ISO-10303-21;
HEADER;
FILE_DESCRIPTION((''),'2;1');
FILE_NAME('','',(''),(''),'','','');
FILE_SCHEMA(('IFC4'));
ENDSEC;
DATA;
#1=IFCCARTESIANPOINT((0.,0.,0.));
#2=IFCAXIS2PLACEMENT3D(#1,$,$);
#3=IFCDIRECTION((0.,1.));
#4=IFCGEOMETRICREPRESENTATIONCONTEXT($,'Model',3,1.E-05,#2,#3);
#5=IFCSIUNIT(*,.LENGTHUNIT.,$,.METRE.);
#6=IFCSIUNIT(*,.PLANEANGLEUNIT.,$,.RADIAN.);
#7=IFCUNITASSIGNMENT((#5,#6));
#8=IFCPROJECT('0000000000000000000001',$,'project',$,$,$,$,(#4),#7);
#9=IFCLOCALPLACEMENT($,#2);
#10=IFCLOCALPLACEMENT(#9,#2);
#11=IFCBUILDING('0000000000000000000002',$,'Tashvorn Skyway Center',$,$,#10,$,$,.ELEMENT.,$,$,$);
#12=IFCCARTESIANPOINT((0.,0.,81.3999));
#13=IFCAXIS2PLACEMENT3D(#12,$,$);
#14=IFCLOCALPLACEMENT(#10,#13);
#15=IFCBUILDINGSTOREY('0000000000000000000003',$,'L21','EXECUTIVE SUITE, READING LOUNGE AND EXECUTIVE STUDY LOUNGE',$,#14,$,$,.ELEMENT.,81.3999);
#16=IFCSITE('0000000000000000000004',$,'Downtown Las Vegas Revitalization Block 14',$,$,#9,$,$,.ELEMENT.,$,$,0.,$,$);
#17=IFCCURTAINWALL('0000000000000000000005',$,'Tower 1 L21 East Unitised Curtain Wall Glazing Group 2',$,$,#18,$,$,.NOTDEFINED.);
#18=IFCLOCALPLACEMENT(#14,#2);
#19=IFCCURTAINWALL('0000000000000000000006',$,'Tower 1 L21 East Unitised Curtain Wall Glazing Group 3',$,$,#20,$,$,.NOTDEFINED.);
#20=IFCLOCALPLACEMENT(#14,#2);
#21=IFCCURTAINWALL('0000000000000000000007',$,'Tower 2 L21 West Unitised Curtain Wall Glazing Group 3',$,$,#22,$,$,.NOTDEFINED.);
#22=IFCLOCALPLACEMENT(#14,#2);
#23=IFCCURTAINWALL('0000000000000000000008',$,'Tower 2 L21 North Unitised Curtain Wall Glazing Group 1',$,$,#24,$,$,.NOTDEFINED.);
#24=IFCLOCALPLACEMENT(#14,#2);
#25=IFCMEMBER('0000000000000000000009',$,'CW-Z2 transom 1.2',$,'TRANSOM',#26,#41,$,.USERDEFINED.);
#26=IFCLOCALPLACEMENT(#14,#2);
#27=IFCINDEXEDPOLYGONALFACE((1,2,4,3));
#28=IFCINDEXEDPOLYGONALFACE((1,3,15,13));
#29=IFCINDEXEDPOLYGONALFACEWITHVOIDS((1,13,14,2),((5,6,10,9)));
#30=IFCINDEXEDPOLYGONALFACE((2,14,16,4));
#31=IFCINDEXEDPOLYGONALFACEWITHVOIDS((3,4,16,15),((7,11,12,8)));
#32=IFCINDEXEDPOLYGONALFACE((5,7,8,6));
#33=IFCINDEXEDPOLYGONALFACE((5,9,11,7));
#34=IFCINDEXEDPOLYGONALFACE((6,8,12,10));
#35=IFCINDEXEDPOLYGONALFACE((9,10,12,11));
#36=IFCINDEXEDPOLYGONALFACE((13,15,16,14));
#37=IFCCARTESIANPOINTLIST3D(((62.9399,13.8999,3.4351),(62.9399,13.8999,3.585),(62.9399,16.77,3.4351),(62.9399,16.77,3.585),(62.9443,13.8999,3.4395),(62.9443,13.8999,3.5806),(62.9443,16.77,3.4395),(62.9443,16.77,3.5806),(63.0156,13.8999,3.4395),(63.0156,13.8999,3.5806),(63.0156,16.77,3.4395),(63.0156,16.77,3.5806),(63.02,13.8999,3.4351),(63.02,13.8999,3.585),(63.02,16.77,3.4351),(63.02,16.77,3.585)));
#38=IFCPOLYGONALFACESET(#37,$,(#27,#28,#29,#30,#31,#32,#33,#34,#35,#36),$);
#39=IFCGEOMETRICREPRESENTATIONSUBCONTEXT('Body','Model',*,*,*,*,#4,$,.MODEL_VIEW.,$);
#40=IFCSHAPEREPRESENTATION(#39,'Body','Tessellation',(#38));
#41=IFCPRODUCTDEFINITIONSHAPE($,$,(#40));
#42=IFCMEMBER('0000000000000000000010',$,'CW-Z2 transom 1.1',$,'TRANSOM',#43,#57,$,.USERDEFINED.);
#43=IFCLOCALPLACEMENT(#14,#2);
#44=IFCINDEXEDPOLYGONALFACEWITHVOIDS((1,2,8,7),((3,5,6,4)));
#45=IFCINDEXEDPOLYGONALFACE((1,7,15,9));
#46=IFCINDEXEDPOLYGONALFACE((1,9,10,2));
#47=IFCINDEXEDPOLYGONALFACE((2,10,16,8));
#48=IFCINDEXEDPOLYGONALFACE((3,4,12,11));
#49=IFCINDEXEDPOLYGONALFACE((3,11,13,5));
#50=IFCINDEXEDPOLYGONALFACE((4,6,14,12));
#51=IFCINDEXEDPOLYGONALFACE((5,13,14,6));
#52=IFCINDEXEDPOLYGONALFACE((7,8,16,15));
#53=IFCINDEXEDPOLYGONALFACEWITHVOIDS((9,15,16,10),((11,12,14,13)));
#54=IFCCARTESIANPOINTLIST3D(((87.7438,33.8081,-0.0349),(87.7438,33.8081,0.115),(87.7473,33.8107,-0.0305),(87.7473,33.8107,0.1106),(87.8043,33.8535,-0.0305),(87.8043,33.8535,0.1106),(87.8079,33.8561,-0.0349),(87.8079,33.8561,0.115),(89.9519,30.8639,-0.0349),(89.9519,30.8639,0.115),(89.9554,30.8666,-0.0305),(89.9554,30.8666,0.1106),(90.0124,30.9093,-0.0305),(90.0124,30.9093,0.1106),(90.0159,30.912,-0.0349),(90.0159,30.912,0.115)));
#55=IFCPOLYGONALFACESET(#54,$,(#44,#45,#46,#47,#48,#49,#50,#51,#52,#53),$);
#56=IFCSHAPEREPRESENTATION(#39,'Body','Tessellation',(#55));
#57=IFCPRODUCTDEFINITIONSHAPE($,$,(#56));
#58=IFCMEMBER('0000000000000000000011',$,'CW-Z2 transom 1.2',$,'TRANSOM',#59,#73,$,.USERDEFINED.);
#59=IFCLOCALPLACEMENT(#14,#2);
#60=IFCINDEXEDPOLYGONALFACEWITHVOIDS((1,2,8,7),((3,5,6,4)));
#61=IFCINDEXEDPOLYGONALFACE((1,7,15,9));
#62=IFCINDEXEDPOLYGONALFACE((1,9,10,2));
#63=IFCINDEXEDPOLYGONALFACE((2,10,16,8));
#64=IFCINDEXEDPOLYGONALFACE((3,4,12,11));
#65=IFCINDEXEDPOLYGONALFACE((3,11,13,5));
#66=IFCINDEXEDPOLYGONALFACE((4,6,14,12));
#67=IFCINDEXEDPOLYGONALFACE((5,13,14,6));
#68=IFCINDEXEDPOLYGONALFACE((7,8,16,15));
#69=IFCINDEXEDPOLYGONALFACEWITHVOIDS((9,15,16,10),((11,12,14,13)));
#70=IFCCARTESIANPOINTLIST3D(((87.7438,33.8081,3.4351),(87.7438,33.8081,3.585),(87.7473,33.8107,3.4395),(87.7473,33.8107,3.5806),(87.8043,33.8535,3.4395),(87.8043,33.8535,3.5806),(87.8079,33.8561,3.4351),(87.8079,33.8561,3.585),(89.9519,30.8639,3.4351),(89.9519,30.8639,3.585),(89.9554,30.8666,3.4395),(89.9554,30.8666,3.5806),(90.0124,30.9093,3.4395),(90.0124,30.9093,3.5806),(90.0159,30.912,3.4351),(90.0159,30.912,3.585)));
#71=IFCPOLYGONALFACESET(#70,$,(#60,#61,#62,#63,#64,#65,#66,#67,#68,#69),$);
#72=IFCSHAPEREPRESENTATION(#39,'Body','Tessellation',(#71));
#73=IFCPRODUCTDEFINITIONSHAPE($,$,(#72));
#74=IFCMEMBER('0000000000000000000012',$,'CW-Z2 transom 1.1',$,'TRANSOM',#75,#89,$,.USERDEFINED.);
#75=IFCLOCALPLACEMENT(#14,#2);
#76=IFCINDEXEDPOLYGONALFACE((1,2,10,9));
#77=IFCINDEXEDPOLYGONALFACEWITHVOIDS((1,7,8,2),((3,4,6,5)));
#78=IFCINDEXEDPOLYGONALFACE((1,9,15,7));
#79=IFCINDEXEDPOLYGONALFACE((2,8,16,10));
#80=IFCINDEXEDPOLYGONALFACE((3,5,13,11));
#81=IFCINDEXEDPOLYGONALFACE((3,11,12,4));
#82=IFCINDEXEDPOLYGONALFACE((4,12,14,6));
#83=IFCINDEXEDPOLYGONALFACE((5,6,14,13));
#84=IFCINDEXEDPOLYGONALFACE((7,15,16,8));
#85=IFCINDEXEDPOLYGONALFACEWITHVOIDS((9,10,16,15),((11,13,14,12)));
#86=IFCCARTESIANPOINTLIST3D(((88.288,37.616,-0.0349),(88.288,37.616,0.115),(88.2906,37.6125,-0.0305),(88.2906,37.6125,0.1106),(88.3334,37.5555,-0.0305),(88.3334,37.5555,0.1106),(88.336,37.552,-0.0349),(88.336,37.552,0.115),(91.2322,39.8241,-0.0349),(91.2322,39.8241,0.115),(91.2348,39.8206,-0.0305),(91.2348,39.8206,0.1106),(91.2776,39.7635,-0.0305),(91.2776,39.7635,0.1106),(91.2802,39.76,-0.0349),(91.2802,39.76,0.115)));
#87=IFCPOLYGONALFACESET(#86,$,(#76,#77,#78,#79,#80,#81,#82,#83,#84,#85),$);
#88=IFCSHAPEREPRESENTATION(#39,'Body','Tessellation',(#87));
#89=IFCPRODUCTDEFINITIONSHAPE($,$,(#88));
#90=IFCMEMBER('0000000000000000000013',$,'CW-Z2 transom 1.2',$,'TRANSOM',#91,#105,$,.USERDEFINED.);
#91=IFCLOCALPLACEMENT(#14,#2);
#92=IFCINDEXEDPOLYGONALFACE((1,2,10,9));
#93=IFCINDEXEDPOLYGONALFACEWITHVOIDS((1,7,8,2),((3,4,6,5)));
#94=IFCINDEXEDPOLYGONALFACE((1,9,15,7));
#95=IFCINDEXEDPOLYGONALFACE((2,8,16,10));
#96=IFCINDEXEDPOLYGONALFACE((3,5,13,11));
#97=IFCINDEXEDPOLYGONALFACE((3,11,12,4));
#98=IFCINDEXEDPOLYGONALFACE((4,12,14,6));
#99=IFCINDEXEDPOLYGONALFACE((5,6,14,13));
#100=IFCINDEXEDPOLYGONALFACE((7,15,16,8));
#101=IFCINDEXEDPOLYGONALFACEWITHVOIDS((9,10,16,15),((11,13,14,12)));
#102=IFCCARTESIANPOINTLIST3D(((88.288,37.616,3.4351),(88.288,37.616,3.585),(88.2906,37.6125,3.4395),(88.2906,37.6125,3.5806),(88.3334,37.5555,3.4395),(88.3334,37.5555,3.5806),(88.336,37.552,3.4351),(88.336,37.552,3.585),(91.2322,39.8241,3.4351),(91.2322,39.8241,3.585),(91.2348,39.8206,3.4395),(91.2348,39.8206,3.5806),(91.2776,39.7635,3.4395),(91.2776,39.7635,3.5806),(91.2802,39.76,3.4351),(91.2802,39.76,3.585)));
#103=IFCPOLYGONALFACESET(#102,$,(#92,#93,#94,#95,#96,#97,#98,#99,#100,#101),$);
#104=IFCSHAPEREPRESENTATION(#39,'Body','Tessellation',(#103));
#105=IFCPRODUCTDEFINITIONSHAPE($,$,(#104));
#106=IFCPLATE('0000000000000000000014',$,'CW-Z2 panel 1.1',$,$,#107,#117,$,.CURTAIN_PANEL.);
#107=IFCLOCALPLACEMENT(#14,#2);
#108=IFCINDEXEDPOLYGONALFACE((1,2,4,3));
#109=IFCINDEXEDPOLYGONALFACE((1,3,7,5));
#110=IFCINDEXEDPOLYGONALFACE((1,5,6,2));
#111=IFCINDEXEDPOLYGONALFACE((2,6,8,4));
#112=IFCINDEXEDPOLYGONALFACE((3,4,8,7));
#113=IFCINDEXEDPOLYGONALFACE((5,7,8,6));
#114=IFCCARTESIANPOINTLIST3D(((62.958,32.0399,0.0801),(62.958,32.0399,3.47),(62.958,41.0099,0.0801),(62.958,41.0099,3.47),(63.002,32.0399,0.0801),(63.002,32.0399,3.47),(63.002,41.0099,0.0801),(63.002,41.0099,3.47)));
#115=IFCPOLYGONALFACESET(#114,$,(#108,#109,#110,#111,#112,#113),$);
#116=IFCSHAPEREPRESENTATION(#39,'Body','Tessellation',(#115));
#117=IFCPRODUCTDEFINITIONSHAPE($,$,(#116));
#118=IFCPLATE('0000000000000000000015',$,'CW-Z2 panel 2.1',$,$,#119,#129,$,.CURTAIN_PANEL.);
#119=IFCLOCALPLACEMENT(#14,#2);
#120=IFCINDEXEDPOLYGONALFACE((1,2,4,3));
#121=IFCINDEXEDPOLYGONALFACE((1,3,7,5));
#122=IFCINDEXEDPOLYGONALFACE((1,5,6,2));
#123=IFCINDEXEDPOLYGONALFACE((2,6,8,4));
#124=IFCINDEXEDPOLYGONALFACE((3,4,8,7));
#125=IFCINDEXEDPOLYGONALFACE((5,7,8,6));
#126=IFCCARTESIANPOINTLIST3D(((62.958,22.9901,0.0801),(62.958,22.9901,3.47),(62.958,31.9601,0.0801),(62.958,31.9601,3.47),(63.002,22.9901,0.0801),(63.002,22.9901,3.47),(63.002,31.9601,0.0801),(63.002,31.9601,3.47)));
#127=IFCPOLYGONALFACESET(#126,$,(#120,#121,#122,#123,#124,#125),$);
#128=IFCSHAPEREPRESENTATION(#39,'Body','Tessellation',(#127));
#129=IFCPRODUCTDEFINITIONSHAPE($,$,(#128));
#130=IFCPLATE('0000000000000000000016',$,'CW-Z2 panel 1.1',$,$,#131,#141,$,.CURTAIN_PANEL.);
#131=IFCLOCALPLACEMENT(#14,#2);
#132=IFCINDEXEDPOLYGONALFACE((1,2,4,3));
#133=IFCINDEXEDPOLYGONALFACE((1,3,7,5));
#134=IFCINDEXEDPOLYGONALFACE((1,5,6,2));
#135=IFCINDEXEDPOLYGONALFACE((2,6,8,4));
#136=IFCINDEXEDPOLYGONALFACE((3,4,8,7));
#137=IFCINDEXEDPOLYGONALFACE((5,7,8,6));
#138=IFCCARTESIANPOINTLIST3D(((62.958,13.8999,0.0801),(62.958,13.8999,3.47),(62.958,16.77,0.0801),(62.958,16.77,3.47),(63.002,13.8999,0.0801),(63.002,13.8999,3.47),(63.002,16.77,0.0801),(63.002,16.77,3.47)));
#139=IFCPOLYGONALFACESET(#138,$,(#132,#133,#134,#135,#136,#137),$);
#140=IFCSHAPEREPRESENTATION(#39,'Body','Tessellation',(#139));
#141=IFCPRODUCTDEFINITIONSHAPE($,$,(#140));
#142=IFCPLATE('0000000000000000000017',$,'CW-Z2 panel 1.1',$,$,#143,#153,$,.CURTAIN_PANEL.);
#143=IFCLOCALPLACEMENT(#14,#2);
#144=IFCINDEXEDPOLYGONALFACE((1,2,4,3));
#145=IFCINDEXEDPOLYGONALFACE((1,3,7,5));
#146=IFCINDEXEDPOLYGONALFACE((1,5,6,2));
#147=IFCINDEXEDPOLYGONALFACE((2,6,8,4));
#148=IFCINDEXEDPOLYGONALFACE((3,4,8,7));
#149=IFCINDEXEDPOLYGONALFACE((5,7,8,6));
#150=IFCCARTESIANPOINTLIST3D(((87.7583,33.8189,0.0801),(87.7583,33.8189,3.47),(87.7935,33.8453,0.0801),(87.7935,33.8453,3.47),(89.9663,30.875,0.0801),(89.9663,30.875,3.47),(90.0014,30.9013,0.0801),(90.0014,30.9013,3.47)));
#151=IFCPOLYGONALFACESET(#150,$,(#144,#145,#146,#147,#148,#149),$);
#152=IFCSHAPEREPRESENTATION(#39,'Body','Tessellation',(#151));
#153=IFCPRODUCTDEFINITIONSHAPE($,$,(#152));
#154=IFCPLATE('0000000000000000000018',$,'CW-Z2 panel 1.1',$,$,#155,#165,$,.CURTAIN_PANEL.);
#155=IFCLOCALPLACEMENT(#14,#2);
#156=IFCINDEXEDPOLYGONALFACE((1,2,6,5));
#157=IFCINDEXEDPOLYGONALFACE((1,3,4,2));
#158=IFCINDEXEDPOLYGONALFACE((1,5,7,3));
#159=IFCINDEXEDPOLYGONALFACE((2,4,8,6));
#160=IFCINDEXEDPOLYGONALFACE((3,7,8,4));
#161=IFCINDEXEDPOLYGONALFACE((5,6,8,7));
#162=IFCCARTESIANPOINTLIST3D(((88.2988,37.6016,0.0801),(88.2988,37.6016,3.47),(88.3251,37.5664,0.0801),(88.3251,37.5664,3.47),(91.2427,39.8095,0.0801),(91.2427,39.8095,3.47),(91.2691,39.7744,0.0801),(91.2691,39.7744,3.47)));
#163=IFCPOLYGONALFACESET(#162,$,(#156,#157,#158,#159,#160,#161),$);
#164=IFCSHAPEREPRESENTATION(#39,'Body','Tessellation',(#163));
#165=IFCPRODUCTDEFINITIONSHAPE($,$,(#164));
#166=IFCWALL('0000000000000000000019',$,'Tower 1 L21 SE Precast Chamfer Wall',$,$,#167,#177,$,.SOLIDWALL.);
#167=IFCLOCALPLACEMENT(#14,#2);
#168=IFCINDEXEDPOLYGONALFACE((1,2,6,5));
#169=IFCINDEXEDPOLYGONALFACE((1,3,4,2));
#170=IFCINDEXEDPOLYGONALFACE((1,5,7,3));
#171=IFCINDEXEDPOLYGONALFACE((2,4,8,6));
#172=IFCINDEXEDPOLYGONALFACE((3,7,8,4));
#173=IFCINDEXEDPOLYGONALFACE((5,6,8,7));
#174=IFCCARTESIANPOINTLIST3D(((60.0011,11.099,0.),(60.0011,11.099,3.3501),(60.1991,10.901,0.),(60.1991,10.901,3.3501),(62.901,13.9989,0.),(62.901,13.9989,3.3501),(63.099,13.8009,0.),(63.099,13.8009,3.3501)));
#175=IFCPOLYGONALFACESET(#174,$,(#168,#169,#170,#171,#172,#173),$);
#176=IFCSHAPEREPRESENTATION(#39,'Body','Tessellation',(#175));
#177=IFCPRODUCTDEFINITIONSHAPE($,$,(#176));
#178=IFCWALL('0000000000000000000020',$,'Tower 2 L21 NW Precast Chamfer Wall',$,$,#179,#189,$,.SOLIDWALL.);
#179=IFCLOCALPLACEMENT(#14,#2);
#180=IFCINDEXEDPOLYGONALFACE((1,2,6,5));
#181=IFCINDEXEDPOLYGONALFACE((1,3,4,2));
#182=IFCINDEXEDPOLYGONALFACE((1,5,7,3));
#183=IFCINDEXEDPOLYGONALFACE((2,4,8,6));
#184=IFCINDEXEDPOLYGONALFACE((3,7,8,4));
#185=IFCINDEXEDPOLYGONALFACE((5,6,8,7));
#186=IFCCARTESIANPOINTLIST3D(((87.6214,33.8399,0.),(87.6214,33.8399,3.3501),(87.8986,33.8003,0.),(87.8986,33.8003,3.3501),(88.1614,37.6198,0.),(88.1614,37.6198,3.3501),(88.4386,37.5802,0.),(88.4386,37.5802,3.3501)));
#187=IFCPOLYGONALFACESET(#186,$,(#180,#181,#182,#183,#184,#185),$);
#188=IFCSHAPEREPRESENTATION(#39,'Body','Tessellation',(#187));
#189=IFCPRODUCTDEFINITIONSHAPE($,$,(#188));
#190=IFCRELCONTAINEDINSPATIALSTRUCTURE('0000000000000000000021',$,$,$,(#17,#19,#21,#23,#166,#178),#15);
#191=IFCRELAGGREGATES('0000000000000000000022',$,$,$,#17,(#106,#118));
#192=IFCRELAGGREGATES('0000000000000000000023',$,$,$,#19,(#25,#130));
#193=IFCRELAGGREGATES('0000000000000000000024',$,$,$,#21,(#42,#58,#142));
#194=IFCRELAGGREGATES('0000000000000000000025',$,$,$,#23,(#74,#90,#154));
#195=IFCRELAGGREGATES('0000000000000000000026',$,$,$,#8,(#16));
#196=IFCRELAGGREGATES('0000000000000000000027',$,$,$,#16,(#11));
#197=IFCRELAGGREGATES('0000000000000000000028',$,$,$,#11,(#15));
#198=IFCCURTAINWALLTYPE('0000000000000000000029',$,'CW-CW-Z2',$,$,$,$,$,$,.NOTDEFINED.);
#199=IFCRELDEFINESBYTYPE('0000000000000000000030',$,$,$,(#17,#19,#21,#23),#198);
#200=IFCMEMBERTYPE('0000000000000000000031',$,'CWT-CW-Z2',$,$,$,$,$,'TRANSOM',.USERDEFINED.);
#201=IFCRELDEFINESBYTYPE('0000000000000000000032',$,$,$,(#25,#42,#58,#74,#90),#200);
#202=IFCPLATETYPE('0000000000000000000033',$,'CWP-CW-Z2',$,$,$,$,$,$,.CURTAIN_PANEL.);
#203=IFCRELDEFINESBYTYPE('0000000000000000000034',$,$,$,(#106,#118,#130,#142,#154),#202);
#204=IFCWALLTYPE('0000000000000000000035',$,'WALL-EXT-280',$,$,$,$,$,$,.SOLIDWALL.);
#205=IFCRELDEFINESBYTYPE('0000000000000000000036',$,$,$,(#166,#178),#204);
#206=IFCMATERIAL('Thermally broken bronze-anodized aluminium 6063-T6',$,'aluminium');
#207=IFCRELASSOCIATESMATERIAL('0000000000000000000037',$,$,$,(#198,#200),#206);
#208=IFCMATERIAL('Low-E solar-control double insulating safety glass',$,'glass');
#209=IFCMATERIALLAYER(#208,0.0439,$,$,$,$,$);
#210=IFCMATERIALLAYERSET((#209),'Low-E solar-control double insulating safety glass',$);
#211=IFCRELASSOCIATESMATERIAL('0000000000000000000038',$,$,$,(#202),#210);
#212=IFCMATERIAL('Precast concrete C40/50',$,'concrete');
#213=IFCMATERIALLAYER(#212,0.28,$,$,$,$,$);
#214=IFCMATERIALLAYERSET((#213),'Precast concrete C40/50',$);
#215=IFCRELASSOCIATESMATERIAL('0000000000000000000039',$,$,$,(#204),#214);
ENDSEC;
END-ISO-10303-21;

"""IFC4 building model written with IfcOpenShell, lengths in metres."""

from ifc_helpers import new_model, si_unit, direction, frame, frame_2d, origin, origin_2d, place, context, subcontext, project, spatial, rectangle, hollow_rectangle, extrude, material, layer, layer_set, material_profile, profile_set, type_object, element, aggregate, save


model = new_model("IFC4")

# Units and contexts
model_context = context("Model", 3, precision=1e-05, world=origin(), true_north=direction((0.0, 1.0)))
body_context = subcontext(model_context, "Body", "Model", "MODEL_VIEW")
ifc_project = project(units=[si_unit("LENGTHUNIT", "METRE"), si_unit("PLANEANGLEUNIT", "RADIAN")], contexts=[model_context])

# Site, building, storey
site_placement = place(None, origin())
site = spatial("IfcSite", under=ifc_project, at=site_placement, Name="Downtown Las Vegas Revitalization Block 14", CompositionType="ELEMENT", RefElevation=0.0)
building_placement = place(site_placement, origin())
building = spatial("IfcBuilding", under=site, at=building_placement, Name="Tashvorn Skyway Center", CompositionType="ELEMENT")
storey_placement = place(building_placement, frame((0.0, 0.0, 81.3999)))
storey = spatial("IfcBuildingStorey", under=building, at=storey_placement, Name="L21", Description="EXECUTIVE SUITE, READING LOUNGE AND EXECUTIVE STUDY LOUNGE", CompositionType="ELEMENT", Elevation=81.3999)

# Curtain wall
ifc_material_1 = material(Name="Thermally broken bronze-anodized aluminium 6063-T6", Category="aluminium")
curtain_wall_type = type_object("IfcCurtainWallType", Name="CW-CW-Z2", PredefinedType="NOTDEFINED", material=ifc_material_1)
curtain_wall_1_placement = place(storey_placement, origin())
curtain_wall_1 = element("IfcCurtainWall", 1, at=curtain_wall_1_placement, inside=storey, type_object=curtain_wall_type, Name="Tower 1 L21 East Unitised Curtain Wall Glazing Group 2", PredefinedType="NOTDEFINED")

# Curtain wall
curtain_wall_2_placement = place(storey_placement, origin())
curtain_wall_2 = element("IfcCurtainWall", 2, at=curtain_wall_2_placement, inside=storey, type_object=curtain_wall_type, Name="Tower 1 L21 East Unitised Curtain Wall Glazing Group 3", PredefinedType="NOTDEFINED")

# Curtain walls
curtain_wall_3_placement = place(storey_placement, origin())
curtain_wall_3 = element("IfcCurtainWall", 3, at=curtain_wall_3_placement, inside=storey, type_object=curtain_wall_type, Name="Tower 2 L21 West Unitised Curtain Wall Glazing Group 3", PredefinedType="NOTDEFINED")
curtain_wall_4_placement = place(storey_placement, origin())
curtain_wall_4 = element("IfcCurtainWall", 4, at=curtain_wall_4_placement, inside=storey, type_object=curtain_wall_type, Name="Tower 2 L21 North Unitised Curtain Wall Glazing Group 1", PredefinedType="NOTDEFINED")

# Members
ifc_material_profile_1 = material_profile(ifc_material_1, hollow_rectangle(XDim=0.0801, YDim=0.1499, WallThickness=0.0044, at=origin_2d()), Name="ALU-TRAN-80x150")
ifc_profile_set_1 = profile_set([ifc_material_profile_1], Name="Thermally broken bronze-anodized aluminium 6063-T6")
member_type_1 = type_object("IfcMemberType", Name="CWT-CW-Z2", ElementType="TRANSOM", PredefinedType="USERDEFINED", material=ifc_profile_set_1)
member_1_placement = place(storey_placement, frame((62.98, 16.77, 3.51), z_axis=(0.0, -1.0, 0.0), x_axis=(1.0, 0.0, 0.0)))
member_1 = element("IfcMember", 5, at=member_1_placement, type_object=member_type_1, Name="CW-Z2 transom 1.2", ObjectType="TRANSOM", PredefinedType="USERDEFINED", context=body_context, shape_type="SweptSolid", body=[
    extrude(hollow_rectangle(XDim=0.0801, YDim=0.1499, WallThickness=0.0044, at=origin_2d()), origin(), (0.0, 0.0, 1.0), 2.8701),
])
member_2_placement = place(storey_placement, frame((89.9839, 30.8879, 0.04), z_axis=(-0.599989, 0.800008, 0.0), x_axis=(-0.800008, -0.599989, 0.0)))
member_2 = element("IfcMember", 6, at=member_2_placement, type_object=member_type_1, Name="CW-Z2 transom 1.1", ObjectType="TRANSOM", PredefinedType="USERDEFINED", context=body_context, shape_type="SweptSolid", body=[
    extrude(hollow_rectangle(XDim=0.0801, YDim=0.1499, WallThickness=0.0044, at=origin_2d()), origin(), (0.0, 0.0, 1.0), 3.6802),
])
member_3_placement = place(storey_placement, frame((89.9839, 30.8879, 3.51), z_axis=(-0.599989, 0.800008, 0.0), x_axis=(-0.800008, -0.599989, 0.0)))
member_3 = element("IfcMember", 7, at=member_3_placement, type_object=member_type_1, Name="CW-Z2 transom 1.2", ObjectType="TRANSOM", PredefinedType="USERDEFINED", context=body_context, shape_type="SweptSolid", body=[
    extrude(hollow_rectangle(XDim=0.0801, YDim=0.1499, WallThickness=0.0044, at=origin_2d()), origin(), (0.0, 0.0, 1.0), 3.6802),
])
member_4_placement = place(storey_placement, frame((88.312, 37.584, 0.04), z_axis=(0.800008, 0.599989, 0.0), x_axis=(-0.599989, 0.800008, 0.0)))
member_4 = element("IfcMember", 8, at=member_4_placement, type_object=member_type_1, Name="CW-Z2 transom 1.1", ObjectType="TRANSOM", PredefinedType="USERDEFINED", context=body_context, shape_type="SweptSolid", body=[
    extrude(hollow_rectangle(XDim=0.0801, YDim=0.1499, WallThickness=0.0044, at=origin_2d()), origin(), (0.0, 0.0, 1.0), 3.6802),
])
member_5_placement = place(storey_placement, frame((88.312, 37.584, 3.51), z_axis=(0.800008, 0.599989, 0.0), x_axis=(-0.599989, 0.800008, 0.0)))
member_5 = element("IfcMember", 9, at=member_5_placement, type_object=member_type_1, Name="CW-Z2 transom 1.2", ObjectType="TRANSOM", PredefinedType="USERDEFINED", context=body_context, shape_type="SweptSolid", body=[
    extrude(hollow_rectangle(XDim=0.0801, YDim=0.1499, WallThickness=0.0044, at=origin_2d()), origin(), (0.0, 0.0, 1.0), 3.6802),
])

# Plates
ifc_material_2 = material(Name="Low-E solar-control double insulating safety glass", Category="glass")
ifc_layer_1 = layer(ifc_material_2, 0.0439)
ifc_layer_set_1 = layer_set([ifc_layer_1], Name="Low-E solar-control double insulating safety glass")
plate_type = type_object("IfcPlateType", Name="CWP-CW-Z2", PredefinedType="CURTAIN_PANEL", material=ifc_layer_set_1)
plate_1_placement = place(storey_placement, frame((62.98, 36.5249, 0.0801), z_axis=(0.0, 0.0, 1.0), x_axis=(0.0, -1.0, 0.0)))
plate_1 = element("IfcPlate", 10, at=plate_1_placement, type_object=plate_type, Name="CW-Z2 panel 1.1", PredefinedType="CURTAIN_PANEL", context=body_context, shape_type="SweptSolid", body=[
    extrude(rectangle(XDim=8.97, YDim=0.0439, at=origin_2d()), origin(), (0.0, 0.0, 1.0), 3.3899),
])
plate_2_placement = place(storey_placement, frame((62.98, 27.4751, 0.0801), z_axis=(0.0, 0.0, 1.0), x_axis=(0.0, -1.0, 0.0)))
plate_2 = element("IfcPlate", 11, at=plate_2_placement, type_object=plate_type, Name="CW-Z2 panel 2.1", PredefinedType="CURTAIN_PANEL", context=body_context, shape_type="SweptSolid", body=[
    extrude(rectangle(XDim=8.97, YDim=0.0439, at=origin_2d()), origin(), (0.0, 0.0, 1.0), 3.3899),
])
aggregate(curtain_wall_1, [plate_1, plate_2])
plate_3_placement = place(storey_placement, frame((62.98, 15.335, 0.0801), z_axis=(0.0, 0.0, 1.0), x_axis=(0.0, -1.0, 0.0)))
plate_3 = element("IfcPlate", 12, at=plate_3_placement, type_object=plate_type, Name="CW-Z2 panel 1.1", PredefinedType="CURTAIN_PANEL", context=body_context, shape_type="SweptSolid", body=[
    extrude(rectangle(XDim=2.8701, YDim=0.0439, at=origin_2d()), origin(), (0.0, 0.0, 1.0), 3.3899),
])
aggregate(curtain_wall_2, [member_1, plate_3])
plate_4_placement = place(storey_placement, frame((88.8799, 32.3601, 0.0801), z_axis=(0.0, 0.0, 1.0), x_axis=(-0.6, 0.8, 0.0)))
plate_4 = element("IfcPlate", 13, at=plate_4_placement, type_object=plate_type, Name="CW-Z2 panel 1.1", PredefinedType="CURTAIN_PANEL", context=body_context, shape_type="SweptSolid", body=[
    extrude(rectangle(XDim=3.6799, YDim=0.0439, at=origin_2d()), origin(), (0.0, 0.0, 1.0), 3.3899),
])
aggregate(curtain_wall_3, [member_2, member_3, plate_4])
plate_5_placement = place(storey_placement, frame((89.7839, 38.688, 0.0801), z_axis=(0.0, 0.0, 1.0), x_axis=(0.8, 0.6, 0.0)))
plate_5 = element("IfcPlate", 14, at=plate_5_placement, type_object=plate_type, Name="CW-Z2 panel 1.1", PredefinedType="CURTAIN_PANEL", context=body_context, shape_type="SweptSolid", body=[
    extrude(rectangle(XDim=3.6799, YDim=0.0439, at=origin_2d()), origin(), (0.0, 0.0, 1.0), 3.3899),
])
aggregate(curtain_wall_4, [member_4, member_5, plate_5])

# Walls
ifc_material_3 = material(Name="Precast concrete C40/50", Category="concrete")
ifc_layer_2 = layer(ifc_material_3, 0.28)
ifc_layer_set_2 = layer_set([ifc_layer_2], Name="Precast concrete C40/50")
wall_type_1 = type_object("IfcWallType", Name="WALL-EXT-280", PredefinedType="SOLIDWALL", material=ifc_layer_set_2)
wall_1_placement = place(storey_placement, frame((63.0, 13.8999, 0.0), z_axis=(0.0, 0.0, 1.0), x_axis=(-0.707107, -0.707107, 0.0)))
element("IfcWall", 15, at=wall_1_placement, inside=storey, type_object=wall_type_1, Name="Tower 1 L21 SE Precast Chamfer Wall", PredefinedType="SOLIDWALL", context=body_context, shape_type="SweptSolid", body=[
    extrude(rectangle(XDim=4.1011, YDim=0.28, at=frame_2d((2.0505, 0.0))), origin(), (0.0, 0.0, 1.0), 3.3501),
])
wall_2_placement = place(storey_placement, frame((87.76, 33.8201, 0.0), z_axis=(0.0, 0.0, 1.0), x_axis=(0.14143, 0.989948, 0.0)))
element("IfcWall", 16, at=wall_2_placement, inside=storey, type_object=wall_type_1, Name="Tower 2 L21 NW Precast Chamfer Wall", PredefinedType="SOLIDWALL", context=body_context, shape_type="SweptSolid", body=[
    extrude(rectangle(XDim=3.8184, YDim=0.28, at=frame_2d((1.9092, 0.0))), origin(), (0.0, 0.0, 1.0), 3.3501),
])

save(model, "model.ifc")
